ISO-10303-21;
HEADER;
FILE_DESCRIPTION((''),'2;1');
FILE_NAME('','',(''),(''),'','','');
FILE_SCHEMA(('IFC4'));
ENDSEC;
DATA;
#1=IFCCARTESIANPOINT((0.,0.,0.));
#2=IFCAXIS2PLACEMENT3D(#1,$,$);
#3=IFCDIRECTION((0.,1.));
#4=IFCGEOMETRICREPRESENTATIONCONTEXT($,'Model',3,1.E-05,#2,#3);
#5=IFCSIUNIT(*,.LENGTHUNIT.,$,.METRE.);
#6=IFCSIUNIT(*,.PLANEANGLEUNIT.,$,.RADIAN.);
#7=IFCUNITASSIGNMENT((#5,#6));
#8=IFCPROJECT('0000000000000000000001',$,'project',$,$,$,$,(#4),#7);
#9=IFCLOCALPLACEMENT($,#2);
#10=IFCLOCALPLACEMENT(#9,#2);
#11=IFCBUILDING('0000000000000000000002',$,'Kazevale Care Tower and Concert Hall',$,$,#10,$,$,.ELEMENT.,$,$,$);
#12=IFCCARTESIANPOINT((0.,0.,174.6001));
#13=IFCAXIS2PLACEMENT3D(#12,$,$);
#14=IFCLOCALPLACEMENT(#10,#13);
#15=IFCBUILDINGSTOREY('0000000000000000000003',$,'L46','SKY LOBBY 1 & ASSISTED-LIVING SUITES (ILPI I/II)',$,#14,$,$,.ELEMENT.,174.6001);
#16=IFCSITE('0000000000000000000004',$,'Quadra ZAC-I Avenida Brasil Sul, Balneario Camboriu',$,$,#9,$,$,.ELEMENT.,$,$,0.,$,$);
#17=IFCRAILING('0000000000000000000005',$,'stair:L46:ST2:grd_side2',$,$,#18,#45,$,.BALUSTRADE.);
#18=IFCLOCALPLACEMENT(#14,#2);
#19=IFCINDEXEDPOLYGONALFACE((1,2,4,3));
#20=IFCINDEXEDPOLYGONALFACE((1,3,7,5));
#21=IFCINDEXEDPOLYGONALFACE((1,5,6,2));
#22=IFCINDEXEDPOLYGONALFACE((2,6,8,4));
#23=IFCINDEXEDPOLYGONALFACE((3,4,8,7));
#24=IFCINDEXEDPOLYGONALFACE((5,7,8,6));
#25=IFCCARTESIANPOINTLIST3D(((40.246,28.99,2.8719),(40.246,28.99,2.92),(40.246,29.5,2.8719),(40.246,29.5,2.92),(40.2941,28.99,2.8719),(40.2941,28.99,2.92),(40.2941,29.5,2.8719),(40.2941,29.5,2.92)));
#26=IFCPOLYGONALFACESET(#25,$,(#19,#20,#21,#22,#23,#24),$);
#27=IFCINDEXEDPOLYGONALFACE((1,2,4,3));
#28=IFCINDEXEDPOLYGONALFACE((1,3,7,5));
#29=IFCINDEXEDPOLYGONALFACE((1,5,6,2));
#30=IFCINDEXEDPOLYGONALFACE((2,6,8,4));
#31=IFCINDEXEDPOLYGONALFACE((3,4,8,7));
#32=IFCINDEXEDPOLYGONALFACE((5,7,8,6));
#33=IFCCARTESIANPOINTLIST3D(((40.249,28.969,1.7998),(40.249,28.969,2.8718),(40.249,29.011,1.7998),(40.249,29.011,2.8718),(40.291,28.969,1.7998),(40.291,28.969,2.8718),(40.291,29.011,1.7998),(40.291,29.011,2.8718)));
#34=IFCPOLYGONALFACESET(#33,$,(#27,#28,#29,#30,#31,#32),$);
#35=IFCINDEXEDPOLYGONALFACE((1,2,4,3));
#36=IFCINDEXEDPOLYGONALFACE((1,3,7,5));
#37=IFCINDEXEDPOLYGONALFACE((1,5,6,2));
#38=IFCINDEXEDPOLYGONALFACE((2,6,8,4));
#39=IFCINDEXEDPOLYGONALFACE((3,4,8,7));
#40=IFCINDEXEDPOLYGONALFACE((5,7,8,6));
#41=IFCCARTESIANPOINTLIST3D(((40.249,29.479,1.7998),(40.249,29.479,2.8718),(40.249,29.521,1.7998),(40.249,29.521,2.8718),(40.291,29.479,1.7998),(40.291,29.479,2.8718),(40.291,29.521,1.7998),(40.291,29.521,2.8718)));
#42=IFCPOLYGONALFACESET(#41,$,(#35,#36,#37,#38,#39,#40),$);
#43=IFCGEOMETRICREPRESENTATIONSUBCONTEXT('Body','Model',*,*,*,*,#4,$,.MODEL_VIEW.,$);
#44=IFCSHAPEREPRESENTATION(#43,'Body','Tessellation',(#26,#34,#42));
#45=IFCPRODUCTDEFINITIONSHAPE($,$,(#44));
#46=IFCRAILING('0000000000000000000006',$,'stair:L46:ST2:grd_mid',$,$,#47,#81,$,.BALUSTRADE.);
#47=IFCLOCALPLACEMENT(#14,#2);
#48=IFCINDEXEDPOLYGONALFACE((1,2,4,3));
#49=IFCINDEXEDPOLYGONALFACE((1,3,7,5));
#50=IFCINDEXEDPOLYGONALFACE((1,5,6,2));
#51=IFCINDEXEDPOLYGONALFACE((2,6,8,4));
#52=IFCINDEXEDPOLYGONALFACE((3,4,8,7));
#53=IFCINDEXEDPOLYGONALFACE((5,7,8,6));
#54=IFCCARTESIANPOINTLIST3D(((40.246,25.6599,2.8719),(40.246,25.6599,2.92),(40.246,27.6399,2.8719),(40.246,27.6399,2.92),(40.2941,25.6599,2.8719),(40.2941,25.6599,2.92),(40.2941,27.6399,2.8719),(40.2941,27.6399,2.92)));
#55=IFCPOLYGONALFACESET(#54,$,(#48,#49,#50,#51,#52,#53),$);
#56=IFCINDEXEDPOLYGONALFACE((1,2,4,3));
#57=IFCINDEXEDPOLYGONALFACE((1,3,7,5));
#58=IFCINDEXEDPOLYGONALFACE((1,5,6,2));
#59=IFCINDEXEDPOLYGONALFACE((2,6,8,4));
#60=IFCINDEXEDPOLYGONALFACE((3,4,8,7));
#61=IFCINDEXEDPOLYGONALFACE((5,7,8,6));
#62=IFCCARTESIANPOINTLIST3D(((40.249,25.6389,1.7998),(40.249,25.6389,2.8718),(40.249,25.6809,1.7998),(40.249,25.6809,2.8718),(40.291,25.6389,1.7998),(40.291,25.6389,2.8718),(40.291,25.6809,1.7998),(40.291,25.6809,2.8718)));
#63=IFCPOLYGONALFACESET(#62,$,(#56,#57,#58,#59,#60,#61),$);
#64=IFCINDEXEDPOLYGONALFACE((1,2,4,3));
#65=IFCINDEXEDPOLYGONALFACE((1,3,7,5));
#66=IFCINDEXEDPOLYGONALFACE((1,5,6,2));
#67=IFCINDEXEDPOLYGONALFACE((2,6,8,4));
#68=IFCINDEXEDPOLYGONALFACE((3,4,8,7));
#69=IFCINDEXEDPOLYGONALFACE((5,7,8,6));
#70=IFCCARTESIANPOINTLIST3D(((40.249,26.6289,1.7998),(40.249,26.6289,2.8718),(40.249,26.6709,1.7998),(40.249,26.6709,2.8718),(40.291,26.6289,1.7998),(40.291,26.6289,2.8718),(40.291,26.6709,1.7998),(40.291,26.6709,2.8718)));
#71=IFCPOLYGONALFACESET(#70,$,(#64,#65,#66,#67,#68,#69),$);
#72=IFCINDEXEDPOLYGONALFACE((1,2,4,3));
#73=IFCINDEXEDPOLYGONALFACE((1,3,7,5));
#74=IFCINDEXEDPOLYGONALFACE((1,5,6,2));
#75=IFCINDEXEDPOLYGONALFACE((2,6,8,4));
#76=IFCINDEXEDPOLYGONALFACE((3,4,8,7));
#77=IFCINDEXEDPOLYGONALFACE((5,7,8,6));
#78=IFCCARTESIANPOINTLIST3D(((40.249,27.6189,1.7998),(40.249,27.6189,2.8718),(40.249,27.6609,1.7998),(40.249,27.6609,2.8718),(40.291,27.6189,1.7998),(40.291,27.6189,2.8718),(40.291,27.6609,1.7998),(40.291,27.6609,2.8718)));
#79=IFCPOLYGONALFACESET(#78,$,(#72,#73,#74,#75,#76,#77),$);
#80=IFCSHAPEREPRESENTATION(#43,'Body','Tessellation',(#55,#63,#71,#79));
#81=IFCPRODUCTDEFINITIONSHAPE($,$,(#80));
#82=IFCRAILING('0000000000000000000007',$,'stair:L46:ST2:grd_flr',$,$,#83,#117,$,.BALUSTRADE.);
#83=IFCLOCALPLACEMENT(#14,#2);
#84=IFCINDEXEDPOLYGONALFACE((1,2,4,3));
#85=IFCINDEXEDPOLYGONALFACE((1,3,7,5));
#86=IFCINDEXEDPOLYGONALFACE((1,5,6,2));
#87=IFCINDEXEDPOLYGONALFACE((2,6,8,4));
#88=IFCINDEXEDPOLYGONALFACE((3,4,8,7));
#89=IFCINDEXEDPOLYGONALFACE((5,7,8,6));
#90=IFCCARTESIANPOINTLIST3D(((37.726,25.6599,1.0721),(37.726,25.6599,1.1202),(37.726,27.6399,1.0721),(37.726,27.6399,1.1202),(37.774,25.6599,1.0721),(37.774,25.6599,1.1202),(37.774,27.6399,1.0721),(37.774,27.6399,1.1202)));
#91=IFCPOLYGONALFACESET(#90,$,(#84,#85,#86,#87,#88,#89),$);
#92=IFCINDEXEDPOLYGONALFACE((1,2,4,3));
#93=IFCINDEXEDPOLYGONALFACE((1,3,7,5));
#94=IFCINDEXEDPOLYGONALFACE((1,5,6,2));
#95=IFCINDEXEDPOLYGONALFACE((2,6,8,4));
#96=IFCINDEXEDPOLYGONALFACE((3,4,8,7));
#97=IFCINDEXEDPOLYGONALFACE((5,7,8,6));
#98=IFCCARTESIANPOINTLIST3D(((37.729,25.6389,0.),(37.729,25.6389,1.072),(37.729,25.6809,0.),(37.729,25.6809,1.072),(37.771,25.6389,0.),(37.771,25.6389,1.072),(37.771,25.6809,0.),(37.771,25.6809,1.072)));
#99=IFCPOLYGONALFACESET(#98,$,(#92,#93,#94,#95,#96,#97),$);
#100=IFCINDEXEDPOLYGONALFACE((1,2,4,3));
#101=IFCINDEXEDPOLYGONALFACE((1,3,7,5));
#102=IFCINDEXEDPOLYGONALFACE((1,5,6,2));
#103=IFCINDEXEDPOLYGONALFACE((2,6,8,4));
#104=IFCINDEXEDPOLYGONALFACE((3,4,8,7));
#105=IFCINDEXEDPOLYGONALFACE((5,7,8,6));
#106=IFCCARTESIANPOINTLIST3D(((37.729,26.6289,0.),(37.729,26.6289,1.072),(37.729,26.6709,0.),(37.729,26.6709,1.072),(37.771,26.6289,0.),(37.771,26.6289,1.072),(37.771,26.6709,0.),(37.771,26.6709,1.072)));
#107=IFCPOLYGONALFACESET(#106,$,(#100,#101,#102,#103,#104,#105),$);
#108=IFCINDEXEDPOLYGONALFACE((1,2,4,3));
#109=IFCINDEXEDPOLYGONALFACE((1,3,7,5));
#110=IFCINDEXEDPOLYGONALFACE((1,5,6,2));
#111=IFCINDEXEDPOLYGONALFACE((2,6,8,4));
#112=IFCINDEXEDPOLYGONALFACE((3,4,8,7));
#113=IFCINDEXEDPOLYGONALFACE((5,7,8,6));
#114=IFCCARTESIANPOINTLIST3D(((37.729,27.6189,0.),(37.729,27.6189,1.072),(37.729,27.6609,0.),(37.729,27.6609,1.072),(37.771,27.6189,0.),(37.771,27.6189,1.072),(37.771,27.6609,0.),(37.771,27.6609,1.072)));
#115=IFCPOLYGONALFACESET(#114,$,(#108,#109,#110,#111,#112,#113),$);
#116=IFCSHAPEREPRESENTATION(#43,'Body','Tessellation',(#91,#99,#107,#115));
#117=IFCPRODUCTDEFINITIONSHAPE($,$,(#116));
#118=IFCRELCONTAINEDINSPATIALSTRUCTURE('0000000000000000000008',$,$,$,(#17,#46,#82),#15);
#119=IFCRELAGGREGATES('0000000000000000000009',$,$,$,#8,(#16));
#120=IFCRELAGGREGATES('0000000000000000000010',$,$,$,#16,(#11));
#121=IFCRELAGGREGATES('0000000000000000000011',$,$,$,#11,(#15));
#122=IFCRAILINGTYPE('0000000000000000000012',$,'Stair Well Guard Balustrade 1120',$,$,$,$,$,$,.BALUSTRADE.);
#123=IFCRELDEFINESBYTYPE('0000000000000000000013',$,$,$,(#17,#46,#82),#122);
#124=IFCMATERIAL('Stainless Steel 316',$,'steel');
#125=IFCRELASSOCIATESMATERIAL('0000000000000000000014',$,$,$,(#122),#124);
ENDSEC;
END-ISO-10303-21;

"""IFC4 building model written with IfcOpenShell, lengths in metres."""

from ifc_helpers import new_model, si_unit, direction, frame, origin, origin_2d, place, context, subcontext, project, spatial, rectangle, extrude, material, type_object, element, save


model = new_model("IFC4")

# Units and contexts
model_context = context("Model", 3, precision=1e-05, world=origin(), true_north=direction((0.0, 1.0)))
body_context = subcontext(model_context, "Body", "Model", "MODEL_VIEW")
ifc_project = project(units=[si_unit("LENGTHUNIT", "METRE"), si_unit("PLANEANGLEUNIT", "RADIAN")], contexts=[model_context])

# Site, building, storey
site_placement = place(None, origin())
site = spatial("IfcSite", under=ifc_project, at=site_placement, Name="Quadra ZAC-I Avenida Brasil Sul, Balneario Camboriu", CompositionType="ELEMENT", RefElevation=0.0)
building_placement = place(site_placement, origin())
building = spatial("IfcBuilding", under=site, at=building_placement, Name="Kazevale Care Tower and Concert Hall", CompositionType="ELEMENT")
storey_placement = place(building_placement, frame((0.0, 0.0, 174.6001)))
storey = spatial("IfcBuildingStorey", under=building, at=storey_placement, Name="L46", Description="SKY LOBBY 1 & ASSISTED-LIVING SUITES (ILPI I/II)", CompositionType="ELEMENT", Elevation=174.6001)

# Railings
ifc_material_1 = material(Name="Stainless Steel 316", Category="steel")
railing_type_1 = type_object("IfcRailingType", Name="Stair Well Guard Balustrade 1120", PredefinedType="BALUSTRADE", material=ifc_material_1)
railing_1_placement = place(storey_placement, frame((40.27, 28.99, 1.7998)))
element("IfcRailing", 1, at=railing_1_placement, inside=storey, type_object=railing_type_1, Name="stair:L46:ST2:grd_side2", PredefinedType="BALUSTRADE", context=body_context, shape_type="SweptSolid", body=[
    extrude(rectangle(XDim=0.0481, YDim=0.0481, at=origin_2d()), frame((0.0, 0.0, 1.0962), z_axis=(0.0, 1.0, 0.0), x_axis=(-1.0, 0.0, 0.0)), (0.0, 0.0, 1.0), 0.51),
    extrude(rectangle(XDim=0.042, YDim=0.042, at=origin_2d()), origin(), (0.0, 0.0, 1.0), 1.072),
    extrude(rectangle(XDim=0.042, YDim=0.042, at=origin_2d()), frame((0.0, 0.51, 0.0)), (0.0, 0.0, 1.0), 1.072),
])
for number, where, name in (
    (2, (40.27, 25.6599, 1.7998), "stair:L46:ST2:grd_mid"),
    (3, (37.75, 25.6599, 0.0), "stair:L46:ST2:grd_flr"),
):
    element("IfcRailing", number, at=place(storey_placement, frame(where)), inside=storey, type_object=railing_type_1, Name=name, PredefinedType="BALUSTRADE", context=body_context, shape_type="SweptSolid", body=[
        extrude(rectangle(XDim=0.0481, YDim=0.0481, at=origin_2d()), frame((0.0, 0.0, 1.0962), z_axis=(0.0, 1.0, 0.0), x_axis=(-1.0, 0.0, 0.0)), (0.0, 0.0, 1.0), 1.98),
        extrude(rectangle(XDim=0.042, YDim=0.042, at=origin_2d()), origin(), (0.0, 0.0, 1.0), 1.072),
        extrude(rectangle(XDim=0.042, YDim=0.042, at=origin_2d()), frame((0.0, 0.99, 0.0)), (0.0, 0.0, 1.0), 1.072),
        extrude(rectangle(XDim=0.042, YDim=0.042, at=origin_2d()), frame((0.0, 1.98, 0.0)), (0.0, 0.0, 1.0), 1.072),
    ])

save(model, "model.ifc")
